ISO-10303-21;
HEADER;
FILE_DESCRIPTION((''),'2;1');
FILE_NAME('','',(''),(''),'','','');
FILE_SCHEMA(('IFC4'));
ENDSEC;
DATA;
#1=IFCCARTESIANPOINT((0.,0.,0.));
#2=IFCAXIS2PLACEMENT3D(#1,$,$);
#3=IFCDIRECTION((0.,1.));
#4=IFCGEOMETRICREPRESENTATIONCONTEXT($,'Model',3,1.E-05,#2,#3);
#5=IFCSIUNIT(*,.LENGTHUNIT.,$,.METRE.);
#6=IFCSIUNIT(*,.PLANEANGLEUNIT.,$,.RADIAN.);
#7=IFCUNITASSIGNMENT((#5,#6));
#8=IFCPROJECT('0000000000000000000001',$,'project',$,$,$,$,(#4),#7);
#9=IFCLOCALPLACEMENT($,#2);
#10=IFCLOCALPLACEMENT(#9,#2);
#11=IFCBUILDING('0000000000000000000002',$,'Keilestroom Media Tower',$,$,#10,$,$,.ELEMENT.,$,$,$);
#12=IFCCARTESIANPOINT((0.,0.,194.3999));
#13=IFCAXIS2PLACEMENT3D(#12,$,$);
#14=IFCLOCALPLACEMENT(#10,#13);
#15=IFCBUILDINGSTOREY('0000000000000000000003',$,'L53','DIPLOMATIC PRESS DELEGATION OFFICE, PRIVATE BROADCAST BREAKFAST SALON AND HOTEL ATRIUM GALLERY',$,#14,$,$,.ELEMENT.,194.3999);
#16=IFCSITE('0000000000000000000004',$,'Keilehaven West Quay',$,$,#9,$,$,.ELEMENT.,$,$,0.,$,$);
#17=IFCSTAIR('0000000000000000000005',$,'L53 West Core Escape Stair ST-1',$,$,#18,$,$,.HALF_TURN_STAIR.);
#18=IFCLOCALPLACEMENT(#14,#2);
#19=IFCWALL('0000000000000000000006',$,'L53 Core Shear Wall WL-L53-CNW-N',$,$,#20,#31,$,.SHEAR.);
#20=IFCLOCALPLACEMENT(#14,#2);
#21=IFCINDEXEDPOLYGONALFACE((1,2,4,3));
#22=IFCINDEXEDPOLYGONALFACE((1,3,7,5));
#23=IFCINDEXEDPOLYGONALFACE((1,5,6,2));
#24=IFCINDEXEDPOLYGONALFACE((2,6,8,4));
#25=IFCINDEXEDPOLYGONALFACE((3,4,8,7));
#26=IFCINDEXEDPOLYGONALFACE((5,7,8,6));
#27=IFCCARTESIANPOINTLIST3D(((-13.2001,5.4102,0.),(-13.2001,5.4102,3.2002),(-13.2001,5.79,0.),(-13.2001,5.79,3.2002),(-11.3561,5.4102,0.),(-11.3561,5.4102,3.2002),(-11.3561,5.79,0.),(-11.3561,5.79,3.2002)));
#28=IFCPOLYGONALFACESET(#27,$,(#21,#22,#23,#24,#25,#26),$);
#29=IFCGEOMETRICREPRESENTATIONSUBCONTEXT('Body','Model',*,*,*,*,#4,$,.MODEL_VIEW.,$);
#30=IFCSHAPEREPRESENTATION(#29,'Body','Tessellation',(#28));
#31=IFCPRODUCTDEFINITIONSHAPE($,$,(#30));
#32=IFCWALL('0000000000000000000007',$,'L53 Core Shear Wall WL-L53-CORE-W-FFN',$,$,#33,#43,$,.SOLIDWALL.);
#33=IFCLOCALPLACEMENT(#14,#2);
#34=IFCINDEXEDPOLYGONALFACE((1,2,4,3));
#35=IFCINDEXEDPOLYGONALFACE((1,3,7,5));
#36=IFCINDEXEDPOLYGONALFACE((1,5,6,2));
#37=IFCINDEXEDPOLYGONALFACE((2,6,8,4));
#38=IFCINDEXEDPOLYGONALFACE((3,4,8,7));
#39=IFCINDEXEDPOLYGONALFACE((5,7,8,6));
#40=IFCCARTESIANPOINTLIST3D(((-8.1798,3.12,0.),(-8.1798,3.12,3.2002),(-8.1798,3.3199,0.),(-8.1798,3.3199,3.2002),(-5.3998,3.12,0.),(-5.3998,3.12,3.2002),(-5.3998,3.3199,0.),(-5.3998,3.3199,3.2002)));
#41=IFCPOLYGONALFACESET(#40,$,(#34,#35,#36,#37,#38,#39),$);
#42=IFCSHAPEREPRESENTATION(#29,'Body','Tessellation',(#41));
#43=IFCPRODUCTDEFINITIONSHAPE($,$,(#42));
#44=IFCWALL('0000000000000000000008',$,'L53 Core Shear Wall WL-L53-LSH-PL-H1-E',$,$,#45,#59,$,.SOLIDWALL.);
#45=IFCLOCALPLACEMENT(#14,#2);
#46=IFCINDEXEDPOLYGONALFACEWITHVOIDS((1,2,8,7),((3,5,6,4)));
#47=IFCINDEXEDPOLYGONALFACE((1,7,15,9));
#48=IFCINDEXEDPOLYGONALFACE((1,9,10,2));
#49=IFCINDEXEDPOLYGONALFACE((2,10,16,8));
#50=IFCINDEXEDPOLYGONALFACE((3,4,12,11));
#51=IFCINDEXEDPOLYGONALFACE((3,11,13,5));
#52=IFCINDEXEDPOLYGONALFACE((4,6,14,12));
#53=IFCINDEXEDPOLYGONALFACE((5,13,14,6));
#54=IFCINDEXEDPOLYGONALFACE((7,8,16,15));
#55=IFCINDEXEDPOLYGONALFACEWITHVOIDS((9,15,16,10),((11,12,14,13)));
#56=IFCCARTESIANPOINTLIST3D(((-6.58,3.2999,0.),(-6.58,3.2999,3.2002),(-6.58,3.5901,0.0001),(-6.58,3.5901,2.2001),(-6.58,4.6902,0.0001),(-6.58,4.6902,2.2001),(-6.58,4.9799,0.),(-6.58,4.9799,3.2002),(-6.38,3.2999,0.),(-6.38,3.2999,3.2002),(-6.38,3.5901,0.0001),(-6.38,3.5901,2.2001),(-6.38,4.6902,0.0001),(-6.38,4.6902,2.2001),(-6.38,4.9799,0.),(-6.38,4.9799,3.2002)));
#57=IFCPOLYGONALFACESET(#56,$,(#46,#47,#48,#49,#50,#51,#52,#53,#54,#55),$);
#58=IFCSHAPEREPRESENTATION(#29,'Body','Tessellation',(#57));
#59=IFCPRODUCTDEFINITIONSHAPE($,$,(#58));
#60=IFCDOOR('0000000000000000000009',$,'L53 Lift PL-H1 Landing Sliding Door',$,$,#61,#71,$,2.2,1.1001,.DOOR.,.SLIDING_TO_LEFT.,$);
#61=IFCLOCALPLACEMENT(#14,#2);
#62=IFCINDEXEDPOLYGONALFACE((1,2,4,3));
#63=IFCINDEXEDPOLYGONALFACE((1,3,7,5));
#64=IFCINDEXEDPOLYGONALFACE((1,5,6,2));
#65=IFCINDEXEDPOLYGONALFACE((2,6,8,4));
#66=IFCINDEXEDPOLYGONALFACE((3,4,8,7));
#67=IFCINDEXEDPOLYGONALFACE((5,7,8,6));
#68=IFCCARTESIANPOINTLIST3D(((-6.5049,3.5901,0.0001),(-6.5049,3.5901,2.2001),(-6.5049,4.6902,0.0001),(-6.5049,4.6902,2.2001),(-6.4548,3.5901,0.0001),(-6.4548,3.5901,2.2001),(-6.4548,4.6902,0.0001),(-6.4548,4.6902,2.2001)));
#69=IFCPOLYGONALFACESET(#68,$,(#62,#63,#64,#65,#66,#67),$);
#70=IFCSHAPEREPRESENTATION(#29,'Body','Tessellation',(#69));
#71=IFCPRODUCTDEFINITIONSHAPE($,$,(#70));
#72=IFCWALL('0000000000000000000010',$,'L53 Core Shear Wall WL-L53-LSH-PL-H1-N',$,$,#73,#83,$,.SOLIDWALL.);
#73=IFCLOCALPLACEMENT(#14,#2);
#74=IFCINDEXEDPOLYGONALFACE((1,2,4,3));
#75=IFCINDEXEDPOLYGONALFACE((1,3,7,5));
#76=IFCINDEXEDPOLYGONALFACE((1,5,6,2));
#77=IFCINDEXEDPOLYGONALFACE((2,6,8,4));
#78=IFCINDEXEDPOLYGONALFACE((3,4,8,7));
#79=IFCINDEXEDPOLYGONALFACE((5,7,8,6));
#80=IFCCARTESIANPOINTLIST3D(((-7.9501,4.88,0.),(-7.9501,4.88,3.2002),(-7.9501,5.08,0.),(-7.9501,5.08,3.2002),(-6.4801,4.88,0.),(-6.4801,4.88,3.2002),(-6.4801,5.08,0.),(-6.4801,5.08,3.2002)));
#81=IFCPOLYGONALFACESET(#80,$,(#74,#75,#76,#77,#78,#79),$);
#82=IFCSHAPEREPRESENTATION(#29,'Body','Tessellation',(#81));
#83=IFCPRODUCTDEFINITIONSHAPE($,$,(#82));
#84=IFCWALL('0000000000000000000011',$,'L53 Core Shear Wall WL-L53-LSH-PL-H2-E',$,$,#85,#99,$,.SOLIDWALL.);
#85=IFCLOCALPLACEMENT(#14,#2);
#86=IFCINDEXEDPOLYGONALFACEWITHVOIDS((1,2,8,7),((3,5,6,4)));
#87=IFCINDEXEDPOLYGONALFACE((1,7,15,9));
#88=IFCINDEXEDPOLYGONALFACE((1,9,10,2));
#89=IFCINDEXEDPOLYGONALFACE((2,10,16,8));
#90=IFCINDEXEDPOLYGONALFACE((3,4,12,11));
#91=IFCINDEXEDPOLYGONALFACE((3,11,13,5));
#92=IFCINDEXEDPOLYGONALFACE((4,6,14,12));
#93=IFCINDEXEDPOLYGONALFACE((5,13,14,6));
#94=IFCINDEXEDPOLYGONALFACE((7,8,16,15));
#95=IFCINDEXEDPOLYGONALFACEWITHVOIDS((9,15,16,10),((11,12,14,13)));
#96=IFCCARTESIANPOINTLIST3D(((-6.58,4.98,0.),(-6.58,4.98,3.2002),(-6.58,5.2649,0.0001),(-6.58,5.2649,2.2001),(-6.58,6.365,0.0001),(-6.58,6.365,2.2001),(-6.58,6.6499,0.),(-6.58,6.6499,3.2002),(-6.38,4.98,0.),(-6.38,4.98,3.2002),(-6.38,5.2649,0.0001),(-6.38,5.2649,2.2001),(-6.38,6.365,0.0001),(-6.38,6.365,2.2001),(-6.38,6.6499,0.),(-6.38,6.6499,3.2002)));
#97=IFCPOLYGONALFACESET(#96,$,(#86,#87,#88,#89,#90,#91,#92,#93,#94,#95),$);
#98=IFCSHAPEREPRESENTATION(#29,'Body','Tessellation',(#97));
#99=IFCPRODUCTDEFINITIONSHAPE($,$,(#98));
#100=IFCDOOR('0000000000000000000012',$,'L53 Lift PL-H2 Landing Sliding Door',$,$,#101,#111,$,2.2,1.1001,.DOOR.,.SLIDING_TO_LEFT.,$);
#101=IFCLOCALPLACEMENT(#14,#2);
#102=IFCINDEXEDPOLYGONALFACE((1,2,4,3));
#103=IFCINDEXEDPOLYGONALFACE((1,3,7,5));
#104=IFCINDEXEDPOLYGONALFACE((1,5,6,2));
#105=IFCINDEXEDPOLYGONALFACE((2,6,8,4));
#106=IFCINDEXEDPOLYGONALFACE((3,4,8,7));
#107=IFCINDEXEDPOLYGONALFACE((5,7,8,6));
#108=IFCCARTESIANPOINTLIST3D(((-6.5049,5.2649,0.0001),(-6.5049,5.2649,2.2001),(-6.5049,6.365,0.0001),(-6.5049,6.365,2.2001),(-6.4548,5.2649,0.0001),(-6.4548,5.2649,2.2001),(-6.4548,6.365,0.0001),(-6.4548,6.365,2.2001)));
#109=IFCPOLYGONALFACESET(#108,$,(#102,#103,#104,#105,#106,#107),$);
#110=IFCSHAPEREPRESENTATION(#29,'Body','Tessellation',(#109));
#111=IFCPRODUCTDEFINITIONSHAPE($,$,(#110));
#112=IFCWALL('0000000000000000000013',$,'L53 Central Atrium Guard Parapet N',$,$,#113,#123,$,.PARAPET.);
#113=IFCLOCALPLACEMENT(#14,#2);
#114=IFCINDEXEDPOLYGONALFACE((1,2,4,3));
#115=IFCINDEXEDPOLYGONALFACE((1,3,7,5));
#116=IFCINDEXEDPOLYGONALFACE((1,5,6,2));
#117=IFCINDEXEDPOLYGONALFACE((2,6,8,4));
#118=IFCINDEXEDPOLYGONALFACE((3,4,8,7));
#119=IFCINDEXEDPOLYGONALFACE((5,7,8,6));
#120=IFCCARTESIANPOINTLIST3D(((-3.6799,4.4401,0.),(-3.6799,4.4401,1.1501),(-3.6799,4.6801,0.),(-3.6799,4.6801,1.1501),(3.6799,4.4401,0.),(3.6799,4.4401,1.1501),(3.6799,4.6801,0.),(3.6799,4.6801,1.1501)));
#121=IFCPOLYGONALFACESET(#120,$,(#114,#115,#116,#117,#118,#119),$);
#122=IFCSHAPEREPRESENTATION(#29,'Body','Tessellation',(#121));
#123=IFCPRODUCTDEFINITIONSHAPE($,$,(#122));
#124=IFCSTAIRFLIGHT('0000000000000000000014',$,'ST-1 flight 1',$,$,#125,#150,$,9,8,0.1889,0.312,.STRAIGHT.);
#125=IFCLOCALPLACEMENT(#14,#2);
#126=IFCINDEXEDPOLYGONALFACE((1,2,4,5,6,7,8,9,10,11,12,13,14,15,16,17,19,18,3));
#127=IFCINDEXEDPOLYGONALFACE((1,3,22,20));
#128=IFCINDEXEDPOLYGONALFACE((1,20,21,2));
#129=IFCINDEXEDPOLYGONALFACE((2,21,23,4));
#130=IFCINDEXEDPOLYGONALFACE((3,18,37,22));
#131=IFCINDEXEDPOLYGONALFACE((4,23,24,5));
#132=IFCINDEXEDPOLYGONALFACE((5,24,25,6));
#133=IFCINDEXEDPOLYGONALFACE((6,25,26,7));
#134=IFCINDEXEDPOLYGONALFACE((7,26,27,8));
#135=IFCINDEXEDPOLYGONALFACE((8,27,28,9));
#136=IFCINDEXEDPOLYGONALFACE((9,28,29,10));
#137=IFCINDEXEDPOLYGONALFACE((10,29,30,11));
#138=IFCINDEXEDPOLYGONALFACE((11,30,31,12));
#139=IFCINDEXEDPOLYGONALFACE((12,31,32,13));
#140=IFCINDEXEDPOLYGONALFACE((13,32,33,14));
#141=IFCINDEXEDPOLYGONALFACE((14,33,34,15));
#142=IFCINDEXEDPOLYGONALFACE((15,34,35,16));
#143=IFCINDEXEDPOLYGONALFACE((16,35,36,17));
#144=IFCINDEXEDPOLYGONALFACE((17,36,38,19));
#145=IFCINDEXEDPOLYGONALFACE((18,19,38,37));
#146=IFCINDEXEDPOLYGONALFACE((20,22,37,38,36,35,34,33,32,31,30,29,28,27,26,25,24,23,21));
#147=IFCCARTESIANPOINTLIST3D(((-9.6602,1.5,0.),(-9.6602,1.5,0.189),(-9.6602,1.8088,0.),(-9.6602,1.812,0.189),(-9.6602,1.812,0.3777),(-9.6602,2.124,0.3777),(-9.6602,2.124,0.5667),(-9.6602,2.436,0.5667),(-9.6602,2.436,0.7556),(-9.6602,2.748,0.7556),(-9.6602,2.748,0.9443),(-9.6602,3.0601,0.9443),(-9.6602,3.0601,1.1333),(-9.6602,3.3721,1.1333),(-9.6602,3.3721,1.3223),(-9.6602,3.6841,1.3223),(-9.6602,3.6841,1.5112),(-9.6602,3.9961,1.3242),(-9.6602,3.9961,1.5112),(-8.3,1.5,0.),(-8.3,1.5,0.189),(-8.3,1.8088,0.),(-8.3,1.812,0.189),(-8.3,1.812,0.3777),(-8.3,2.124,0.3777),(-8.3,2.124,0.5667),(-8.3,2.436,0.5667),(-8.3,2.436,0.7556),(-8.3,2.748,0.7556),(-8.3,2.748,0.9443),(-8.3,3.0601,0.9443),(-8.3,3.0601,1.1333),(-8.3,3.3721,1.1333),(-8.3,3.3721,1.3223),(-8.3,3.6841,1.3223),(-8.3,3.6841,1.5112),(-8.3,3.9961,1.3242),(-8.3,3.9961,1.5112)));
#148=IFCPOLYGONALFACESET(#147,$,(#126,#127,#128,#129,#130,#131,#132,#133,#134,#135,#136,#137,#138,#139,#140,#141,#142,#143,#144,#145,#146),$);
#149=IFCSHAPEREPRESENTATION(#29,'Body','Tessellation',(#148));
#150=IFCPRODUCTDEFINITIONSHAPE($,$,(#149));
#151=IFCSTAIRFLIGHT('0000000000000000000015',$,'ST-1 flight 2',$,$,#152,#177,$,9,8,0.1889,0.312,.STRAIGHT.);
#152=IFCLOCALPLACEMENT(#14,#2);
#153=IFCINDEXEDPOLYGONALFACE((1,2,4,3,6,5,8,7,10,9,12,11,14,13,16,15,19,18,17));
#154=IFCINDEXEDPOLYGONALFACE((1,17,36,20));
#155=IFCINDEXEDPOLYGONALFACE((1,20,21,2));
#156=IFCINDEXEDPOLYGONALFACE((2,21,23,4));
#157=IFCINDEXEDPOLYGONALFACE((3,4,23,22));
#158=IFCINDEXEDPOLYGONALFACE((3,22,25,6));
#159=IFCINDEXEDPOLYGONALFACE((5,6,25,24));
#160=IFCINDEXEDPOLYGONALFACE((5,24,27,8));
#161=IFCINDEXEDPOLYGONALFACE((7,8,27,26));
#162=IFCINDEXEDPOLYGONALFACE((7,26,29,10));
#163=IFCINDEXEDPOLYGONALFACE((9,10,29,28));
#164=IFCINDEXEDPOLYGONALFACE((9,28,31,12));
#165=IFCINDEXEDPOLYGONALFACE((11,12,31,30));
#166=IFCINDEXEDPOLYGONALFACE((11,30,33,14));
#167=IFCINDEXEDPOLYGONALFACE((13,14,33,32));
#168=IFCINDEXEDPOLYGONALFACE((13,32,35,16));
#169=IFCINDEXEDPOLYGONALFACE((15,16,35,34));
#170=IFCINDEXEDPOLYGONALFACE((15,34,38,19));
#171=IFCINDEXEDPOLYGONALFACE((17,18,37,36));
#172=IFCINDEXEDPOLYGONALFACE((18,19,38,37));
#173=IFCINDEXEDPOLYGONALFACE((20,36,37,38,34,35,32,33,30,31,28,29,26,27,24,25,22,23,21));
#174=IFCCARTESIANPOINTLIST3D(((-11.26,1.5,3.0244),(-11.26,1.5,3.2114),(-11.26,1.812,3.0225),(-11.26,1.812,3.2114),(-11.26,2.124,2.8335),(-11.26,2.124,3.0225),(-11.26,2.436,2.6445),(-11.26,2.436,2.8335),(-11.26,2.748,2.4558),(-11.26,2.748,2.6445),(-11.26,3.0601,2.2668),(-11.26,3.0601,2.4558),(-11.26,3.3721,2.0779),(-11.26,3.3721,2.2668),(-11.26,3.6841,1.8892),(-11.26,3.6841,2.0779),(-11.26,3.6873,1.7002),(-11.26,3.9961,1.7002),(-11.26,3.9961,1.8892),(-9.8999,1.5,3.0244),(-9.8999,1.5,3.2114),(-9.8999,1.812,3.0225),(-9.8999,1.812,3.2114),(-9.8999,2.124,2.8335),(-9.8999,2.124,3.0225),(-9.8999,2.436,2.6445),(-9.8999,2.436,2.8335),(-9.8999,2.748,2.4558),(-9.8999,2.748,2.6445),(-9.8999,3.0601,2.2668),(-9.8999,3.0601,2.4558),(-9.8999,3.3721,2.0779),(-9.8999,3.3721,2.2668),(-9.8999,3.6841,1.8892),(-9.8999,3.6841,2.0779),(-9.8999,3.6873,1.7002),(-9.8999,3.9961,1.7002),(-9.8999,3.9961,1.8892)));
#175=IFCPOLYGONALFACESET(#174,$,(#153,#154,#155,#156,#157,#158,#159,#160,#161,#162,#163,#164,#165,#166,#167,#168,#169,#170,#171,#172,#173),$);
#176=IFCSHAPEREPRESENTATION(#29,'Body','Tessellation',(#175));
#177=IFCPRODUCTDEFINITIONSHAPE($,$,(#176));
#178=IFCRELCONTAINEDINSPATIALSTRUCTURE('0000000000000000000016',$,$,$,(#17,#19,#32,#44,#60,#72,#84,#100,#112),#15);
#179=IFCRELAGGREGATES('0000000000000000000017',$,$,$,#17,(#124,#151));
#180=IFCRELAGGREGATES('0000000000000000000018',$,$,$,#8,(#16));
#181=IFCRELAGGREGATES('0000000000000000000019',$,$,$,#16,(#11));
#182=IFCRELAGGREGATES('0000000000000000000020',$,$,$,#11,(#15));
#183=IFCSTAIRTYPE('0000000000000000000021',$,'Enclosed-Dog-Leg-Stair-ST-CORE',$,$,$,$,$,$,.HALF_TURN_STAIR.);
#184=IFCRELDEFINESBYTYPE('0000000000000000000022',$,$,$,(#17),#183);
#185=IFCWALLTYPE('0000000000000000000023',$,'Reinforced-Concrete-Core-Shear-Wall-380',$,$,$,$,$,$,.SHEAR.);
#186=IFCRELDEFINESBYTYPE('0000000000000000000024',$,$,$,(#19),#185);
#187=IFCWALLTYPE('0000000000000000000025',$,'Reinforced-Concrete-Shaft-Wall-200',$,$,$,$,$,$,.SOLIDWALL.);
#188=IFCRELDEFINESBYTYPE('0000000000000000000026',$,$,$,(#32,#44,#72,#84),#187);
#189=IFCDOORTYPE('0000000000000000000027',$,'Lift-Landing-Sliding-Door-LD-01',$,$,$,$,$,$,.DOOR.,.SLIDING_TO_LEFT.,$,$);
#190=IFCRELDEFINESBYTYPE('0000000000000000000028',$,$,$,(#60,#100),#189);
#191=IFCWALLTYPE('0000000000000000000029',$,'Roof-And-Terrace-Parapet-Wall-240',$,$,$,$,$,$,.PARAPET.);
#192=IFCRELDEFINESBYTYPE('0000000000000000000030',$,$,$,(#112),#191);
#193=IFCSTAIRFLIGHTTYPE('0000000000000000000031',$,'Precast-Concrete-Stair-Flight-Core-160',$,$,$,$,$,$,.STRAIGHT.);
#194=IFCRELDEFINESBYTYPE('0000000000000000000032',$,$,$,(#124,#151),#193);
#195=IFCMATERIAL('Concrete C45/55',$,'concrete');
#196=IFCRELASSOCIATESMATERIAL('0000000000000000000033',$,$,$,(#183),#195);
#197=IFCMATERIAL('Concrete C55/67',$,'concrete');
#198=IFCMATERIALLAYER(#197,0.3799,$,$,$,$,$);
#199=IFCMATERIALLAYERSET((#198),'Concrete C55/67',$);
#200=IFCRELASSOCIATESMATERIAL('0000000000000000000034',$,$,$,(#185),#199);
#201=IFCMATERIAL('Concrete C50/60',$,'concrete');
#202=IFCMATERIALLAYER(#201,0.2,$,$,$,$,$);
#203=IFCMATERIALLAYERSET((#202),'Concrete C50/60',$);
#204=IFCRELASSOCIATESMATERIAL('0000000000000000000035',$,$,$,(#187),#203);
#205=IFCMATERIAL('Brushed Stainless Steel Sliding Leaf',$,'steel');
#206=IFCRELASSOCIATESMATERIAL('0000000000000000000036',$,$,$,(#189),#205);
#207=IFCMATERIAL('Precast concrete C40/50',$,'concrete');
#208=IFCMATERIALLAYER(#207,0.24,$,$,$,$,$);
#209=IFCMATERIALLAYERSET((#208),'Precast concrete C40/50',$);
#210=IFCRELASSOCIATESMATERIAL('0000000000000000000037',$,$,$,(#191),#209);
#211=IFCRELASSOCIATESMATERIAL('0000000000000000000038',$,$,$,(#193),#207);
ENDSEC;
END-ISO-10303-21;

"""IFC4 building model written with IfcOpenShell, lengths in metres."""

from ifc_helpers import new_model, si_unit, direction, frame, frame_2d, origin, place, context, subcontext, project, spatial, polyline, rectangle, outline, extrude, source, transform, mapped, material, layer, layer_set, type_object, element, fill, aggregate, save


model = new_model("IFC4")

# Units and contexts
model_context = context("Model", 3, precision=1e-05, world=origin(), true_north=direction((0.0, 1.0)))
body_context = subcontext(model_context, "Body", "Model", "MODEL_VIEW")
ifc_project = project(units=[si_unit("LENGTHUNIT", "METRE"), si_unit("PLANEANGLEUNIT", "RADIAN")], contexts=[model_context])

# Site, building, storey
site_placement = place(None, origin())
site = spatial("IfcSite", under=ifc_project, at=site_placement, Name="Keilehaven West Quay", CompositionType="ELEMENT", RefElevation=0.0)
building_placement = place(site_placement, origin())
building = spatial("IfcBuilding", under=site, at=building_placement, Name="Keilestroom Media Tower", CompositionType="ELEMENT")
storey_placement = place(building_placement, frame((0.0, 0.0, 194.3999)))
storey = spatial("IfcBuildingStorey", under=building, at=storey_placement, Name="L53", Description="DIPLOMATIC PRESS DELEGATION OFFICE, PRIVATE BROADCAST BREAKFAST SALON AND HOTEL ATRIUM GALLERY", CompositionType="ELEMENT", Elevation=194.3999)

# Shared definitions
ifc_material_1 = material(Name="Concrete C50/60", Category="concrete")
ifc_material_2 = material(Name="Concrete C45/55", Category="concrete")

# Stair
stair_type = type_object("IfcStairType", Name="Enclosed-Dog-Leg-Stair-ST-CORE", PredefinedType="HALF_TURN_STAIR", material=ifc_material_2)
stair_1_placement = place(storey_placement, origin())
stair_1 = element("IfcStair", 1, at=stair_1_placement, inside=storey, type_object=stair_type, Name="L53 West Core Escape Stair ST-1", PredefinedType="HALF_TURN_STAIR")

# Walls
ifc_material_3 = material(Name="Concrete C55/67", Category="concrete")
ifc_layer_1 = layer(ifc_material_3, 0.3799)
ifc_layer_set_1 = layer_set([ifc_layer_1], Name="Concrete C55/67")
wall_type_1 = type_object("IfcWallType", Name="Reinforced-Concrete-Core-Shear-Wall-380", PredefinedType="SHEAR", material=ifc_layer_set_1)
wall_1_placement = place(storey_placement, frame((-13.2, 5.6001, 0.0), z_axis=(0.0, 0.0, 1.0), x_axis=(1.0, 0.0, 0.0)))
element("IfcWall", 2, at=wall_1_placement, inside=storey, type_object=wall_type_1, Name="L53 Core Shear Wall WL-L53-CNW-N", PredefinedType="SHEAR", context=body_context, shape_type="SweptSolid", body=[
    extrude(rectangle(XDim=1.844, YDim=0.3799, at=frame_2d((0.9219, 0.0))), origin(), (0.0, 0.0, 1.0), 3.2002),
])
ifc_layer_2 = layer(ifc_material_1, 0.2)
ifc_layer_set_2 = layer_set([ifc_layer_2], Name="Concrete C50/60")
wall_type_2 = type_object("IfcWallType", Name="Reinforced-Concrete-Shaft-Wall-200", PredefinedType="SOLIDWALL", material=ifc_layer_set_2)
wall_2_placement = place(storey_placement, frame((-8.1799, 3.22, 0.0), z_axis=(0.0, 0.0, 1.0), x_axis=(1.0, 0.0, 0.0)))
element("IfcWall", 3, at=wall_2_placement, inside=storey, type_object=wall_type_2, Name="L53 Core Shear Wall WL-L53-CORE-W-FFN", PredefinedType="SOLIDWALL", context=body_context, shape_type="SweptSolid", body=[
    extrude(rectangle(XDim=2.78, YDim=0.2, at=frame_2d((1.3901, 0.0))), origin(), (0.0, 0.0, 1.0), 3.2002),
])

# Wall, opening, door
wall_3_placement = place(storey_placement, frame((-6.48, 3.3, 0.0), z_axis=(0.0, 0.0, 1.0), x_axis=(0.0, 1.0, 0.0)))
wall_3 = element("IfcWall", 4, at=wall_3_placement, inside=storey, type_object=wall_type_2, Name="L53 Core Shear Wall WL-L53-LSH-PL-H1-E", PredefinedType="SOLIDWALL", context=body_context, shape_type="SweptSolid", body=[
    extrude(rectangle(XDim=1.6799, YDim=0.2, at=frame_2d((0.8398, 0.0))), origin(), (0.0, 0.0, 1.0), 3.2002),
])
opening_1_placement = place(wall_3_placement, frame((0.29, 0.0, 0.0)))
opening_1 = element("IfcOpeningElement", 5, at=opening_1_placement, cuts=wall_3, PredefinedType="OPENING", context=body_context, shape_type="SweptSolid", body=[
    extrude(rectangle(XDim=1.1001, YDim=2.2, at=frame_2d((0.55, 1.1001))), frame((0.0, 0.1099, 0.0), z_axis=(0.0, -1.0, 0.0), x_axis=(1.0, 0.0, 0.0)), (0.0, 0.0, 1.0), 0.22),
])
ifc_material_4 = material(Name="Brushed Stainless Steel Sliding Leaf", Category="steel")
door_type = type_object("IfcDoorType", Name="Lift-Landing-Sliding-Door-LD-01", OperationType="SLIDING_TO_LEFT", PredefinedType="DOOR", material=ifc_material_4)
shared_shape_1 = source(origin(), body_context, "Body", "SweptSolid", [
    extrude(rectangle(XDim=1.1001, YDim=2.2, at=frame_2d((0.55, 1.1001))), frame((0.0, 0.0249, 0.0), z_axis=(0.0, -1.0, 0.0), x_axis=(1.0, 0.0, 0.0)), (0.0, 0.0, 1.0), 0.05),
])
door_1_placement = place(opening_1_placement, origin())
door_1 = element("IfcDoor", 6, at=door_1_placement, inside=storey, type_object=door_type, Name="L53 Lift PL-H1 Landing Sliding Door", OperationType="SLIDING_TO_LEFT", OverallHeight=2.2, OverallWidth=1.1001, PredefinedType="DOOR", context=body_context, shape_type="MappedRepresentation", body=[
    mapped(shared_shape_1, transform((0.0, 0.0, 0.0), x_axis=(1.0, 0.0, 0.0), y_axis=(0.0, 1.0, 0.0), z_axis=(0.0, 0.0, 1.0), scale=1.0)),
])
fill(opening_1, door_1)

# Wall
wall_4_placement = place(storey_placement, frame((-7.95, 4.98, 0.0), z_axis=(0.0, 0.0, 1.0), x_axis=(1.0, 0.0, 0.0)))
element("IfcWall", 7, at=wall_4_placement, inside=storey, type_object=wall_type_2, Name="L53 Core Shear Wall WL-L53-LSH-PL-H1-N", PredefinedType="SOLIDWALL", context=body_context, shape_type="SweptSolid", body=[
    extrude(rectangle(XDim=1.47, YDim=0.2, at=frame_2d((0.7349, 0.0))), origin(), (0.0, 0.0, 1.0), 3.2002),
])

# Wall, opening, door
wall_5_placement = place(storey_placement, frame((-6.48, 4.98, 0.0), z_axis=(0.0, 0.0, 1.0), x_axis=(0.0, 1.0, 0.0)))
wall_5 = element("IfcWall", 8, at=wall_5_placement, inside=storey, type_object=wall_type_2, Name="L53 Core Shear Wall WL-L53-LSH-PL-H2-E", PredefinedType="SOLIDWALL", context=body_context, shape_type="SweptSolid", body=[
    extrude(rectangle(XDim=1.6699, YDim=0.2, at=frame_2d((0.835, 0.0))), origin(), (0.0, 0.0, 1.0), 3.2002),
])
opening_2_placement = place(wall_5_placement, frame((0.2849, 0.0, 0.0)))
opening_2 = element("IfcOpeningElement", 9, at=opening_2_placement, cuts=wall_5, PredefinedType="OPENING", context=body_context, shape_type="SweptSolid", body=[
    extrude(rectangle(XDim=1.1001, YDim=2.2, at=frame_2d((0.55, 1.1001))), frame((0.0, 0.1099, 0.0), z_axis=(0.0, -1.0, 0.0), x_axis=(1.0, 0.0, 0.0)), (0.0, 0.0, 1.0), 0.22),
])
door_2_placement = place(opening_2_placement, origin())
door_2 = element("IfcDoor", 10, at=door_2_placement, inside=storey, type_object=door_type, Name="L53 Lift PL-H2 Landing Sliding Door", OperationType="SLIDING_TO_LEFT", OverallHeight=2.2, OverallWidth=1.1001, PredefinedType="DOOR", context=body_context, shape_type="MappedRepresentation", body=[
    mapped(shared_shape_1, transform((0.0, 0.0, 0.0), x_axis=(1.0, 0.0, 0.0), y_axis=(0.0, 1.0, 0.0), z_axis=(0.0, 0.0, 1.0), scale=1.0)),
])
fill(opening_2, door_2)

# Wall
ifc_material_5 = material(Name="Precast concrete C40/50", Category="concrete")
ifc_layer_3 = layer(ifc_material_5, 0.24)
ifc_layer_set_3 = layer_set([ifc_layer_3], Name="Precast concrete C40/50")
wall_type_3 = type_object("IfcWallType", Name="Roof-And-Terrace-Parapet-Wall-240", PredefinedType="PARAPET", material=ifc_layer_set_3)
wall_6_placement = place(storey_placement, frame((-3.6799, 4.5601, 0.0), z_axis=(0.0, 0.0, 1.0), x_axis=(1.0, 0.0, 0.0)))
element("IfcWall", 11, at=wall_6_placement, inside=storey, type_object=wall_type_3, Name="L53 Central Atrium Guard Parapet N", PredefinedType="PARAPET", context=body_context, shape_type="SweptSolid", body=[
    extrude(rectangle(XDim=7.3599, YDim=0.24, at=frame_2d((3.6799, 0.0))), origin(), (0.0, 0.0, 1.0), 1.1501),
])

# Stair flights
stair_flight_type = type_object("IfcStairFlightType", Name="Precast-Concrete-Stair-Flight-Core-160", PredefinedType="STRAIGHT", material=ifc_material_5)
stair_flight_1_placement = place(storey_placement, frame((-8.98, 1.5, 0.0), z_axis=(0.0, 0.0, 1.0), x_axis=(0.0, 1.0, 0.0)))
stair_flight_1 = element("IfcStairFlight", 12, at=stair_flight_1_placement, type_object=stair_flight_type, Name="ST-1 flight 1", NumberOfRisers=9, NumberOfTreads=8, PredefinedType="STRAIGHT", RiserHeight=0.1889, TreadLength=0.312, context=body_context, shape_type="SweptSolid", body=[
    extrude(outline(polyline([(0.0, 0.0), (0.0, 0.189), (0.312, 0.189), (0.312, 0.3777), (0.624, 0.3777), (0.624, 0.5667), (0.936, 0.5667), (0.936, 0.7556), (1.248, 0.7556), (1.248, 0.9443), (1.5601, 0.9443), (1.5601, 1.1333), (1.8721, 1.1333), (1.8721, 1.3223), (2.1841, 1.3223), (2.1841, 1.5112), (2.4961, 1.5112), (2.4961, 1.7), (2.4961, 1.3242), (0.3088, 0.0), (0.0, 0.0)])), frame((0.0, 0.6802, 0.0), z_axis=(0.0, -1.0, 0.0), x_axis=(1.0, 0.0, 0.0)), (0.0, 0.0, 1.0), 1.3601),
])
stair_flight_2_placement = place(storey_placement, frame((-10.5801, 3.9961, 1.7002), z_axis=(0.0, 0.0, 1.0), x_axis=(0.0, -1.0, 0.0)))
stair_flight_2 = element("IfcStairFlight", 13, at=stair_flight_2_placement, type_object=stair_flight_type, Name="ST-1 flight 2", NumberOfRisers=9, NumberOfTreads=8, PredefinedType="STRAIGHT", RiserHeight=0.1889, TreadLength=0.312, context=body_context, shape_type="SweptSolid", body=[
    extrude(outline(polyline([(0.0, 0.0), (0.0, 0.189), (0.312, 0.189), (0.312, 0.3777), (0.624, 0.3777), (0.624, 0.5667), (0.936, 0.5667), (0.936, 0.7556), (1.248, 0.7556), (1.248, 0.9443), (1.5601, 0.9443), (1.5601, 1.1333), (1.8721, 1.1333), (1.8721, 1.3223), (2.1841, 1.3223), (2.1841, 1.5112), (2.4961, 1.5112), (2.4961, 1.7), (2.4961, 1.3242), (0.3088, 0.0), (0.0, 0.0)])), frame((0.0, 0.6802, 0.0), z_axis=(0.0, -1.0, 0.0), x_axis=(1.0, 0.0, 0.0)), (0.0, 0.0, 1.0), 1.3601),
])
aggregate(stair_1, [stair_flight_1, stair_flight_2])

save(model, "model.ifc")
